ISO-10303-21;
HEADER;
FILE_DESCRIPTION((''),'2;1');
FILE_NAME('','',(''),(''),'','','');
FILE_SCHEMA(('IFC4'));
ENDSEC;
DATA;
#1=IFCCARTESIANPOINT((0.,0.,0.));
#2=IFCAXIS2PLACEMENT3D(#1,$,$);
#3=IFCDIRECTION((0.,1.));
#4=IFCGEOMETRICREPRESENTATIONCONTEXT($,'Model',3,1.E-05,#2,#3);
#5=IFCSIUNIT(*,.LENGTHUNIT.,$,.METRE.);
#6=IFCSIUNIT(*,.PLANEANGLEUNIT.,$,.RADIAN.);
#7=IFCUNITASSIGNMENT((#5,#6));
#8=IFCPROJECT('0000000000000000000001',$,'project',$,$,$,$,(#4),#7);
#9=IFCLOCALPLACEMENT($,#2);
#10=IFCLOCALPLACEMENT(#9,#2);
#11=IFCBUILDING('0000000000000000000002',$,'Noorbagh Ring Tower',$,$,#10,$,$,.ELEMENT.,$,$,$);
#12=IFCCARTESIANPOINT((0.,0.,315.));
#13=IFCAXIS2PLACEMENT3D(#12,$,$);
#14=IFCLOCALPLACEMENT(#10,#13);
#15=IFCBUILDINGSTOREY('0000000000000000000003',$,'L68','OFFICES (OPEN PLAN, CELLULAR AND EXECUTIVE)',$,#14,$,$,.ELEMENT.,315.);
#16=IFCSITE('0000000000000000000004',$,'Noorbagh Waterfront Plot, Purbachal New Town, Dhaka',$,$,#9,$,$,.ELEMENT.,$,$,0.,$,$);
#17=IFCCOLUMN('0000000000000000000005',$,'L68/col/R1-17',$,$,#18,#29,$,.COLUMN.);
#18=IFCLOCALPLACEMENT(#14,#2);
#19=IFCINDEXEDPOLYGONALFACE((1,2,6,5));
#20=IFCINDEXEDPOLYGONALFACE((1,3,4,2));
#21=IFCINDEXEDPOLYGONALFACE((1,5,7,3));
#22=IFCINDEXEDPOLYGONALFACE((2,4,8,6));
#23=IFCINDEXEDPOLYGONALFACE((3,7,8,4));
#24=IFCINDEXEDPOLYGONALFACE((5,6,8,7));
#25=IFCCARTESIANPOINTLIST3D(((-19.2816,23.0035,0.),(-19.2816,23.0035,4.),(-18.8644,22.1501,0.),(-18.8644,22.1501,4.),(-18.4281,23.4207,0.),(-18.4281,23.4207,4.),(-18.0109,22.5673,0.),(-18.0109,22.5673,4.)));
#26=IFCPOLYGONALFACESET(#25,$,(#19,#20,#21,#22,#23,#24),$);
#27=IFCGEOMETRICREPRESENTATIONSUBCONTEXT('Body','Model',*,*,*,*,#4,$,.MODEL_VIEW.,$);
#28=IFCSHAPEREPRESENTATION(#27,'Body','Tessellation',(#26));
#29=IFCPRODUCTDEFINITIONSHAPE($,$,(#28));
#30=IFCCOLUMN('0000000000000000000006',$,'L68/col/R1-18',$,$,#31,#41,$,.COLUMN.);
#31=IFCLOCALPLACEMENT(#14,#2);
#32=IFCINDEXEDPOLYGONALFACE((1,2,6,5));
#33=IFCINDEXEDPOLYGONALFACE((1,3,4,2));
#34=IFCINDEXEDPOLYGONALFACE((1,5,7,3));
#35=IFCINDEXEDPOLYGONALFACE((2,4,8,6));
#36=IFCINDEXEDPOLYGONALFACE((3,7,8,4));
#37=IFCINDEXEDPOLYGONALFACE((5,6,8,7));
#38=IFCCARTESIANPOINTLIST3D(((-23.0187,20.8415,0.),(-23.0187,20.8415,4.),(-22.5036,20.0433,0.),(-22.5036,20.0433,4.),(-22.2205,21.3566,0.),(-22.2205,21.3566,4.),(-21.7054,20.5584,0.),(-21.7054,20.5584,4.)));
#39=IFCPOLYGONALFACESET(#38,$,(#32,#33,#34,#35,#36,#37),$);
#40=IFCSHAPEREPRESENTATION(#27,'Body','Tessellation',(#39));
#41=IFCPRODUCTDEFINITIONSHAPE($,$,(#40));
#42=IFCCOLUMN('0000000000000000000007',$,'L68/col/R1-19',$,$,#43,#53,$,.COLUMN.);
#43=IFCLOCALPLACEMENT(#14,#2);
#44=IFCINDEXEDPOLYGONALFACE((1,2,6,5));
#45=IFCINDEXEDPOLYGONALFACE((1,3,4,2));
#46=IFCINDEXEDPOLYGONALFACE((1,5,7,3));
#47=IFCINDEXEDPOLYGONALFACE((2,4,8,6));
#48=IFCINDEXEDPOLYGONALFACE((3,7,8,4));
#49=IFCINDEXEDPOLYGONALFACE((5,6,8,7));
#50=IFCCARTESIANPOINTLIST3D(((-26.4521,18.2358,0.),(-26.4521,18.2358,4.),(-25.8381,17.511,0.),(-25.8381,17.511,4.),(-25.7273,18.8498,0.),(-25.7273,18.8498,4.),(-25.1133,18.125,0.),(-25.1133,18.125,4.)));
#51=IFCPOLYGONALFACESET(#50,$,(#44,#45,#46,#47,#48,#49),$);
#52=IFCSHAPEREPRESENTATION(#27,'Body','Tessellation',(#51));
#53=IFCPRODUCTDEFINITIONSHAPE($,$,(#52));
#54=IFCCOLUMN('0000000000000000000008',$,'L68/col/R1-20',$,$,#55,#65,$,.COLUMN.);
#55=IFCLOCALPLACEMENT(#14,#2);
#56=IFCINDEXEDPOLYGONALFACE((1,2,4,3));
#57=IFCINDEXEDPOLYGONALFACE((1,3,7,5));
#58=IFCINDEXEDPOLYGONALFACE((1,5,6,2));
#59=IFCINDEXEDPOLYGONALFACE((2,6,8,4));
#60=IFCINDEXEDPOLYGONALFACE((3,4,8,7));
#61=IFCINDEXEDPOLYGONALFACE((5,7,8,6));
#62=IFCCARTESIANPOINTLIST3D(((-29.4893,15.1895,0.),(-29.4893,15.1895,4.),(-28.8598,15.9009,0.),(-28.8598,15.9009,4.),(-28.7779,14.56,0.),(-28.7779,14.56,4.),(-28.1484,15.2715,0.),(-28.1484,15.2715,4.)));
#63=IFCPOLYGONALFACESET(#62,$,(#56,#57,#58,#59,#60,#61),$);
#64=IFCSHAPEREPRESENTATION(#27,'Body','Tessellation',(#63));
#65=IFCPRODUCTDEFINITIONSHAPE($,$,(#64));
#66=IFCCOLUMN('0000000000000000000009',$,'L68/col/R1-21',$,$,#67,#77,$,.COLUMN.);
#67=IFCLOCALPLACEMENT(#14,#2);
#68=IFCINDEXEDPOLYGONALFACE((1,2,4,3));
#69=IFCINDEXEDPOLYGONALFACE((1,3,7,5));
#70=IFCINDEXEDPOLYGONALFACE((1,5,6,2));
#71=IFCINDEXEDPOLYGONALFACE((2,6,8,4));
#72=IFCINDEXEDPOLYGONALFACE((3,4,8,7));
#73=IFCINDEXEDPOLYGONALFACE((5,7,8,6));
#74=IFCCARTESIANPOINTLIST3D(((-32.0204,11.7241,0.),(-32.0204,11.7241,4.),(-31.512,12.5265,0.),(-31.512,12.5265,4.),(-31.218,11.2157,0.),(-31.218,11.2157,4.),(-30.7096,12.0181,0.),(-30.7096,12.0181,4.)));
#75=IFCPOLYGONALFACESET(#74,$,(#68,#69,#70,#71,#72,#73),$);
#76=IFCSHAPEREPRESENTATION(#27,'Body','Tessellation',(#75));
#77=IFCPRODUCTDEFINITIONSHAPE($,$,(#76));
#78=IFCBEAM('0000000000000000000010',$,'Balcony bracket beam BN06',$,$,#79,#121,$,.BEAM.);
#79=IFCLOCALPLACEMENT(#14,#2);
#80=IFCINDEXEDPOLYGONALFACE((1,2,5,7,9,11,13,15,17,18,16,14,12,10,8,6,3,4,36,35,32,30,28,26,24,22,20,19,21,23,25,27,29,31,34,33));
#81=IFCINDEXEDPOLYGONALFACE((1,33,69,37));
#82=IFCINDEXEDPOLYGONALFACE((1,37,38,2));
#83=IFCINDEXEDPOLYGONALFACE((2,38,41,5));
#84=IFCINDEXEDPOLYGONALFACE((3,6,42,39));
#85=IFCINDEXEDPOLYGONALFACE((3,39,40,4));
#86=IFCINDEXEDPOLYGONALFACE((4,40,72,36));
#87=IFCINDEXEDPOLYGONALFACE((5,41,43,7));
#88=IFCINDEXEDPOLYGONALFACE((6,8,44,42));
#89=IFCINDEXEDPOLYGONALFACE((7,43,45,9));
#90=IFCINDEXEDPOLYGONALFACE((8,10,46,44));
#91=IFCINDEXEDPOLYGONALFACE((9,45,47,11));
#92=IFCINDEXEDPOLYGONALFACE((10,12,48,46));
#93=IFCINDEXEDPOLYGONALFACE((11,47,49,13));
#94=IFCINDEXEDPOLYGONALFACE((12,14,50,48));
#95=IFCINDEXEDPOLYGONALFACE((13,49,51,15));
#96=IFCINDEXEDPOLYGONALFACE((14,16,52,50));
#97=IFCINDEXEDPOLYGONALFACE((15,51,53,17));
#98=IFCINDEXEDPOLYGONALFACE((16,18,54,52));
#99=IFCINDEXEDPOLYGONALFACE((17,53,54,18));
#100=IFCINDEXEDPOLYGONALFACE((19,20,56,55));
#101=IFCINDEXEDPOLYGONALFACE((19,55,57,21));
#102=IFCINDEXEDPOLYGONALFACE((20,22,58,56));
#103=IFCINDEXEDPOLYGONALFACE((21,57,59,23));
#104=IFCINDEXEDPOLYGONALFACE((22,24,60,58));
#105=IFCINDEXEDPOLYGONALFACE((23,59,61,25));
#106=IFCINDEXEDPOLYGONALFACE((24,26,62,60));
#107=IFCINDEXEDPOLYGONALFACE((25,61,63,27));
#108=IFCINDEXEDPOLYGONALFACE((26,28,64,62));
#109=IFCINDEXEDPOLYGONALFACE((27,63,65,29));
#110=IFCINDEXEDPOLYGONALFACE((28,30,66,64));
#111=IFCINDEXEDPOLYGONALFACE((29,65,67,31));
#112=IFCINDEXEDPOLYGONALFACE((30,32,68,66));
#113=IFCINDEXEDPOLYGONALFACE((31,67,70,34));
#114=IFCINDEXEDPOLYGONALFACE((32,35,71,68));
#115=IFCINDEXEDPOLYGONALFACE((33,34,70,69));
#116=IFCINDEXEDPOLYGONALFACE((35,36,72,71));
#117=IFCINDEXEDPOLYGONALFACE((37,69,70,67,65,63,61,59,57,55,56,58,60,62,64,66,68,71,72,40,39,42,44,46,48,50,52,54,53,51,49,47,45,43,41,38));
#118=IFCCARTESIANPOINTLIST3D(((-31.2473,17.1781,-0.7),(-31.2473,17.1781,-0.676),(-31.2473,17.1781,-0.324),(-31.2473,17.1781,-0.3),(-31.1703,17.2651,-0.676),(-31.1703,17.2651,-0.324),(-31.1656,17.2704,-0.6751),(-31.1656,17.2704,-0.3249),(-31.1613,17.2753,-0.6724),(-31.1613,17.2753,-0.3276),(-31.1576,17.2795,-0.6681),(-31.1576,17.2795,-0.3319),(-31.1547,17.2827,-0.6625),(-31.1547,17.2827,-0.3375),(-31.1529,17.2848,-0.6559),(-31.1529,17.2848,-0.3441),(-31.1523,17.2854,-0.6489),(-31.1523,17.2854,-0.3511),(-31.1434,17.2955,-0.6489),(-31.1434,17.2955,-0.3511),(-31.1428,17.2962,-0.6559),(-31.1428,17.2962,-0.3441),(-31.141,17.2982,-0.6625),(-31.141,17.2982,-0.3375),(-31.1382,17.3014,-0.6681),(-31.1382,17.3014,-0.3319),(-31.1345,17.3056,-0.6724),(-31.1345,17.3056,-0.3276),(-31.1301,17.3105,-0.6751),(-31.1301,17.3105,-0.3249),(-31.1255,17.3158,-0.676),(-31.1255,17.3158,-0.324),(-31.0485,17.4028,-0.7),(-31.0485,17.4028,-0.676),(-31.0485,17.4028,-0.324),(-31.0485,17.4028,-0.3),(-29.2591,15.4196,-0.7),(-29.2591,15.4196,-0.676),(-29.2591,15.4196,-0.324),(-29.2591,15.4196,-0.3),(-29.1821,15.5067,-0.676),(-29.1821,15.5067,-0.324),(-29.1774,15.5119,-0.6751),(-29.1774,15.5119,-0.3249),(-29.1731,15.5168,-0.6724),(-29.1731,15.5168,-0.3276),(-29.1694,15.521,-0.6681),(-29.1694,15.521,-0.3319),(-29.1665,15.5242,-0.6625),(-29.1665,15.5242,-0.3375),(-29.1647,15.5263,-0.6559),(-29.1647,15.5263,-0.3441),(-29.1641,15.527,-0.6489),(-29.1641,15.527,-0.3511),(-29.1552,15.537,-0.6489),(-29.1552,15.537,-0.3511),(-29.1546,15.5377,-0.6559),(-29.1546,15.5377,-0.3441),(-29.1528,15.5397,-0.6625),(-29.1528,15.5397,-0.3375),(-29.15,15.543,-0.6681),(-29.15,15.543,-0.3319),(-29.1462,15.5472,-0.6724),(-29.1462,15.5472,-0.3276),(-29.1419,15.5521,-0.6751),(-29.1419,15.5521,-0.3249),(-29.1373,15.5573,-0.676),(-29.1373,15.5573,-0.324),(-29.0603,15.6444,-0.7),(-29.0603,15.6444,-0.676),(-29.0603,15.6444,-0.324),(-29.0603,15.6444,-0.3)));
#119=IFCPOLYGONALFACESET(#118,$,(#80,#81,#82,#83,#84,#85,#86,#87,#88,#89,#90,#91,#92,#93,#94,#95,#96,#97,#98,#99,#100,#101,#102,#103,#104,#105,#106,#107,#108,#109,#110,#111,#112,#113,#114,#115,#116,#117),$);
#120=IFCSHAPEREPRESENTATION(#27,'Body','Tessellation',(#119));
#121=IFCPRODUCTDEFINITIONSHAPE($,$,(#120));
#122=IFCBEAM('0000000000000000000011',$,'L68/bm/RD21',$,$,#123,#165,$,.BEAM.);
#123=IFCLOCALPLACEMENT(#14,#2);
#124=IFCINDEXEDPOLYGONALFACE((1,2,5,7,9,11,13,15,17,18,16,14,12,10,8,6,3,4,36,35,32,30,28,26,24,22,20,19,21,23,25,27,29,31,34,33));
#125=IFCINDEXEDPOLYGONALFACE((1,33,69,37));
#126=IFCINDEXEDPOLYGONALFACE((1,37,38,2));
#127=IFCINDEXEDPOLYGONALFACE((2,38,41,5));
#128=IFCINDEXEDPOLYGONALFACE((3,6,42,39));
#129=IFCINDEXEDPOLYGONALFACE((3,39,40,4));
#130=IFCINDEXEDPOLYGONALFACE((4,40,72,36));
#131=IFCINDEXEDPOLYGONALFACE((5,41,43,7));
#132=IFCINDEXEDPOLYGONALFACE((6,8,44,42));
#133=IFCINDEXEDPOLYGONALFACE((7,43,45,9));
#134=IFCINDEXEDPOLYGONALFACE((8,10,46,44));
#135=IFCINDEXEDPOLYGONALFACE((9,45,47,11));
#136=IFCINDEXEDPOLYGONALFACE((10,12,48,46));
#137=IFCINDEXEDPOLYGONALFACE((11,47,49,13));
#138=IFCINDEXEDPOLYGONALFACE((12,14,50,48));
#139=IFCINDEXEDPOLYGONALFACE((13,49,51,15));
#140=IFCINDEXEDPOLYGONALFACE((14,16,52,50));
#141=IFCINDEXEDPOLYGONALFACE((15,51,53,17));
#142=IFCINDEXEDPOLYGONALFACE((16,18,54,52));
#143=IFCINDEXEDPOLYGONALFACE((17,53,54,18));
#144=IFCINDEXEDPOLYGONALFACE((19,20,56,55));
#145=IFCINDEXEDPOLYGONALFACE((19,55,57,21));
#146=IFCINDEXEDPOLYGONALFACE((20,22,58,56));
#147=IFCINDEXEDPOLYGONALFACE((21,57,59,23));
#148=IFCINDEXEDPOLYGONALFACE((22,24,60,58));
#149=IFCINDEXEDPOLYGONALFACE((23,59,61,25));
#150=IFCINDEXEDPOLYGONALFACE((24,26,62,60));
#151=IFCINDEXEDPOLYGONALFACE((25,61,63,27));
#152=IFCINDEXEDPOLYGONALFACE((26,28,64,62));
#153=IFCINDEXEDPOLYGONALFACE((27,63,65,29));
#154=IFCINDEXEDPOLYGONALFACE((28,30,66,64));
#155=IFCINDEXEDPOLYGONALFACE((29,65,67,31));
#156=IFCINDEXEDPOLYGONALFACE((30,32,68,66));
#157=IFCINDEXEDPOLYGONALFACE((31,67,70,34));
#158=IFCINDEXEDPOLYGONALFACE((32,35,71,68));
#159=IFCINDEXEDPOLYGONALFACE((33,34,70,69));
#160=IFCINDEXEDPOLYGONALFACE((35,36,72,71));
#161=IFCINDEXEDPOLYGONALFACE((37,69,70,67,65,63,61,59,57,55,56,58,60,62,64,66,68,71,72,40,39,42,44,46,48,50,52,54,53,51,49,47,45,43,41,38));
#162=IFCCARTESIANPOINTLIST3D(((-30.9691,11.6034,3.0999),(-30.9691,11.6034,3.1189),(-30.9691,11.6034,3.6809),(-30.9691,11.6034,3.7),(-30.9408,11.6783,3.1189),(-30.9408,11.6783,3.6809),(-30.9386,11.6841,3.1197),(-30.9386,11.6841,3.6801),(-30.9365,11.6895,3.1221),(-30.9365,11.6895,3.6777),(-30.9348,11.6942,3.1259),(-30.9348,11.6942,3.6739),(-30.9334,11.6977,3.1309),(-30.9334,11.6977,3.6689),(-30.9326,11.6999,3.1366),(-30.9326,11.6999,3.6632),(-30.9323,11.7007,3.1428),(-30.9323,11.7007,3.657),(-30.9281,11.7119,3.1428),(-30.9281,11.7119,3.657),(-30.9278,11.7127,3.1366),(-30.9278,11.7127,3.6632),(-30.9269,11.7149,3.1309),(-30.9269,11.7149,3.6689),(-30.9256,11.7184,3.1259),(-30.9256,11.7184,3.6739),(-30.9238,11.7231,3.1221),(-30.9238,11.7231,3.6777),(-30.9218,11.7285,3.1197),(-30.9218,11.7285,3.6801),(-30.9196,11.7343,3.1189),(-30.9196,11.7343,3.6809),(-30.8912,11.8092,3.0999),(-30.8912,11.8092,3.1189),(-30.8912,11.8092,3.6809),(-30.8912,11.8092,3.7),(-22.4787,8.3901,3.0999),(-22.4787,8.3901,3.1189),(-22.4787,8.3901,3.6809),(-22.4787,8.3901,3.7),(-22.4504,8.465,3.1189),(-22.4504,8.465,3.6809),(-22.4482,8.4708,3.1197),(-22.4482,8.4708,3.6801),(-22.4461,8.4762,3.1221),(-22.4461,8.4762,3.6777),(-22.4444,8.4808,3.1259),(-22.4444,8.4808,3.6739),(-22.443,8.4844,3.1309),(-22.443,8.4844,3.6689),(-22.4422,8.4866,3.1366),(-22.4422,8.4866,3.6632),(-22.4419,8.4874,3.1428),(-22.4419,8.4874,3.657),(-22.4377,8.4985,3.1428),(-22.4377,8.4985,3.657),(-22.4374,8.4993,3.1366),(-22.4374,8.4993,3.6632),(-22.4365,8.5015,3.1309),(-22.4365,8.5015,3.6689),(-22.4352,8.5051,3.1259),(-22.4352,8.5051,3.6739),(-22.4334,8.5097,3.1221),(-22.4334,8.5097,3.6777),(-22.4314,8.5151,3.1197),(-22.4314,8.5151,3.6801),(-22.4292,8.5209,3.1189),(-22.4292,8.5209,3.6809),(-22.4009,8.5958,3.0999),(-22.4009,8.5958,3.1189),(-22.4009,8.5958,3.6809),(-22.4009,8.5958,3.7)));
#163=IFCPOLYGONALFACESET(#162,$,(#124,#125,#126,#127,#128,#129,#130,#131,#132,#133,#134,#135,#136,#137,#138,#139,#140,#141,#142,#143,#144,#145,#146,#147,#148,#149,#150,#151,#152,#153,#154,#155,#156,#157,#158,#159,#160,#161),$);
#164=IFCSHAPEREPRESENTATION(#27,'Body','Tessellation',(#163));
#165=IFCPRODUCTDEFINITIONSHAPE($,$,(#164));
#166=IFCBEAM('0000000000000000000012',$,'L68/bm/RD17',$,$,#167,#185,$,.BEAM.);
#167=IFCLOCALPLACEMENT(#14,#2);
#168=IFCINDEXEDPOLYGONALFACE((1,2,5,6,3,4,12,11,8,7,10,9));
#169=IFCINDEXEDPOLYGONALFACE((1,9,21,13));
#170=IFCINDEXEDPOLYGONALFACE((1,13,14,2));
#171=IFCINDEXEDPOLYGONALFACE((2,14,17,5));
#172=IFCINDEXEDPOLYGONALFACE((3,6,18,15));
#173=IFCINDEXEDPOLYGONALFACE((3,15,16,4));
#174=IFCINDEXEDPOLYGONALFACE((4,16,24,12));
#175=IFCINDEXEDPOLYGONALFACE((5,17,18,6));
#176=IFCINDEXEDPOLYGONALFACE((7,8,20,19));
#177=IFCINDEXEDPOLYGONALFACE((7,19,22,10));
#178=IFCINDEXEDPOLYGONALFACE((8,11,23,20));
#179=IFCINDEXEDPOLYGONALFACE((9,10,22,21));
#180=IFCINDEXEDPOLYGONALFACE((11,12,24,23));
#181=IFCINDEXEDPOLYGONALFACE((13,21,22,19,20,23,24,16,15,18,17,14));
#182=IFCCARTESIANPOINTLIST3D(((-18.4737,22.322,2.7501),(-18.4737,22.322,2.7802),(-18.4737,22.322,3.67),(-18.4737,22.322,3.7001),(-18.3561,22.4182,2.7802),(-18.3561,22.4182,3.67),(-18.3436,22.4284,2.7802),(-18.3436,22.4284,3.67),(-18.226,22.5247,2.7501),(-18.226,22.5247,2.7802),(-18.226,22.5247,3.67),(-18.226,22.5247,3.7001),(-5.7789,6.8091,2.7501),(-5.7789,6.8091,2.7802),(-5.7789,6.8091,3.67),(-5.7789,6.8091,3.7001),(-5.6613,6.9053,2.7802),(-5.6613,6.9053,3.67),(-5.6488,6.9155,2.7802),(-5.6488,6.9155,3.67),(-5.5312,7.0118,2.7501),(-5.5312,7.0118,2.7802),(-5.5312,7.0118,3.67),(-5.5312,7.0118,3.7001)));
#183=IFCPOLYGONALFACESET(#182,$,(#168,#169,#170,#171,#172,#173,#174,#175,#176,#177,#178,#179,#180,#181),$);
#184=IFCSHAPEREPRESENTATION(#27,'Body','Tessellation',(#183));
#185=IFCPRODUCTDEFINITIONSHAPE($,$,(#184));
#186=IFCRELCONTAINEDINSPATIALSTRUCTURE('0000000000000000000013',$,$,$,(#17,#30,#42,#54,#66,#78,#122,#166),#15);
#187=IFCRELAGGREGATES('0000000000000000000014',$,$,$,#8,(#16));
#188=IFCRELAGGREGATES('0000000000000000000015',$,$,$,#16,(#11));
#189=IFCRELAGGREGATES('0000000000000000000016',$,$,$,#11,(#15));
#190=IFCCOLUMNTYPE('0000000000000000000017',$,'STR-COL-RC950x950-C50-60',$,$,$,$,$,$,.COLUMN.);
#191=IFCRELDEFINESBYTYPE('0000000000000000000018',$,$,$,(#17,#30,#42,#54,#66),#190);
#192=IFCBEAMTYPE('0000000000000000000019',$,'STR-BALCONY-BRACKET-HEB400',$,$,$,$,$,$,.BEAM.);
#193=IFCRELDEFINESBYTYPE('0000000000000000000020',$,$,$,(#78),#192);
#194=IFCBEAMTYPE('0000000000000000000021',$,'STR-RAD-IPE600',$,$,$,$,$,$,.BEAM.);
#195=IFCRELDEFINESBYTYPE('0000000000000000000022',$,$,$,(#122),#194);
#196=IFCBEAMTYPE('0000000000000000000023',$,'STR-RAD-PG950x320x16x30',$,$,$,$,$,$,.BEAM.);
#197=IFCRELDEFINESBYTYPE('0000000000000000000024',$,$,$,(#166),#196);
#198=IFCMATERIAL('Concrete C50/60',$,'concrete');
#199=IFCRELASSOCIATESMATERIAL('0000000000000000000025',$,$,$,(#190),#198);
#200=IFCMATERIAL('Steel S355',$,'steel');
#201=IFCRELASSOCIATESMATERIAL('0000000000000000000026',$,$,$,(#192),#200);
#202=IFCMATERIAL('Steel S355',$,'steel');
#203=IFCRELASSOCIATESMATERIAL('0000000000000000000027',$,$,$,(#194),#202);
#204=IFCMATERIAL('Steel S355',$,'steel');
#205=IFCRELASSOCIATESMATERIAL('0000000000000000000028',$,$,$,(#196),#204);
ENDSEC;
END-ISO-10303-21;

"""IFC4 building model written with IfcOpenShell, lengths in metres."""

from ifc_helpers import new_model, si_unit, direction, frame, origin, origin_2d, place, context, subcontext, project, spatial, rectangle, i_section, extrude, material, material_profile, profile_set, type_object, element, save


model = new_model("IFC4")

# Units and contexts
model_context = context("Model", 3, precision=1e-05, world=origin(), true_north=direction((0.0, 1.0)))
body_context = subcontext(model_context, "Body", "Model", "MODEL_VIEW")
ifc_project = project(units=[si_unit("LENGTHUNIT", "METRE"), si_unit("PLANEANGLEUNIT", "RADIAN")], contexts=[model_context])

# Site, building, storey
site_placement = place(None, origin())
site = spatial("IfcSite", under=ifc_project, at=site_placement, Name="Noorbagh Waterfront Plot, Purbachal New Town, Dhaka", CompositionType="ELEMENT", RefElevation=0.0)
building_placement = place(site_placement, origin())
building = spatial("IfcBuilding", under=site, at=building_placement, Name="Noorbagh Ring Tower", CompositionType="ELEMENT")
storey_placement = place(building_placement, frame((0.0, 0.0, 315.0)))
storey = spatial("IfcBuildingStorey", under=building, at=storey_placement, Name="L68", Description="OFFICES (OPEN PLAN, CELLULAR AND EXECUTIVE)", CompositionType="ELEMENT", Elevation=315.0)

# Columns
ifc_material_1 = material(Name="Concrete C50/60", Category="concrete")
ifc_material_profile_1 = material_profile(ifc_material_1, rectangle(XDim=0.95, YDim=0.95, at=origin_2d()), Name="RC950x950")
ifc_profile_set_1 = profile_set([ifc_material_profile_1], Name="Concrete C50/60")
column_type = type_object("IfcColumnType", Name="STR-COL-RC950x950-C50-60", PredefinedType="COLUMN", material=ifc_profile_set_1)
for number, where, z_axis, x_axis, name in (
    (1, (-18.6462, 22.7854, 0.0), (0.0, 0.0, 1.0), (-0.898399, -0.43918, 0.0), "L68/col/R1-17"),
    (2, (-22.3621, 20.7, 0.0), (0.0, 0.0, 1.0), (-0.840248, -0.542203, 0.0), "L68/col/R1-18"),
    (3, (-25.7827, 18.1804, 0.0), (0.0, 0.0, 1.0), (-0.763035, -0.646357, 0.0), "L68/col/R1-19"),
    (4, (-28.8188, 15.2305, 0.0), (0.0, 0.0, 1.0), (-0.662636, -0.748942, 0.0), "L68/col/R1-20"),
    (5, (-31.365, 11.8711, 0.0), (0.0, 0.0, 1.0), (-0.53519, -0.844731, 0.0), "L68/col/R1-21"),
):
    element("IfcColumn", number, at=place(storey_placement, frame(where, z_axis=z_axis, x_axis=x_axis)), inside=storey, type_object=column_type, Name=name, PredefinedType="COLUMN", context=body_context, shape_type="SweptSolid", body=[
        extrude(rectangle(XDim=0.95, YDim=0.95, at=origin_2d()), origin(), (0.0, 0.0, 1.0), 4.0),
    ])

# Beams
ifc_material_2 = material(Name="Steel S355", Category="steel")
ifc_material_profile_2 = material_profile(ifc_material_2, i_section(OverallWidth=0.3, OverallDepth=0.3999, WebThickness=0.0134, FlangeThickness=0.0239, FilletRadius=0.0271, at=origin_2d()), Name="HEB400")
ifc_profile_set_2 = profile_set([ifc_material_profile_2], Name="Steel S355")
beam_type_1 = type_object("IfcBeamType", Name="STR-BALCONY-BRACKET-HEB400", PredefinedType="BEAM", material=ifc_profile_set_2)
beam_1_placement = place(storey_placement, frame((-29.1597, 15.532, -0.5), z_axis=(-0.749056, 0.662506, 0.0), x_axis=(-0.662506, -0.749056, 0.0)))
element("IfcBeam", 6, at=beam_1_placement, inside=storey, type_object=beam_type_1, Name="Balcony bracket beam BN06", PredefinedType="BEAM", context=body_context, shape_type="SweptSolid", body=[
    extrude(i_section(OverallWidth=0.3, OverallDepth=0.3999, WebThickness=0.0134, FlangeThickness=0.0239, FilletRadius=0.0271, at=origin_2d()), origin(), (0.0, 0.0, 1.0), 2.6543),
])
ifc_material_3 = material(Name="Steel S355", Category="steel")
ifc_material_profile_3 = material_profile(ifc_material_3, i_section(OverallWidth=0.22, OverallDepth=0.6001, WebThickness=0.012, FlangeThickness=0.019, FilletRadius=0.0239, at=origin_2d()), Name="IPE600")
ifc_profile_set_3 = profile_set([ifc_material_profile_3], Name="Steel S355")
beam_type_2 = type_object("IfcBeamType", Name="STR-RAD-IPE600", PredefinedType="BEAM", material=ifc_profile_set_3)
beam_2_placement = place(storey_placement, frame((-30.9302, 11.7063, 3.3999), z_axis=(0.935258, -0.353966, 0.0), x_axis=(0.353966, 0.935258, 0.0)))
element("IfcBeam", 7, at=beam_2_placement, inside=storey, type_object=beam_type_2, Name="L68/bm/RD21", PredefinedType="BEAM", context=body_context, shape_type="SweptSolid", body=[
    extrude(i_section(OverallWidth=0.22, OverallDepth=0.6001, WebThickness=0.012, FlangeThickness=0.019, FilletRadius=0.0239, at=origin_2d()), origin(), (0.0, 0.0, 1.0), 9.0781),
])
ifc_material_4 = material(Name="Steel S355", Category="steel")
ifc_material_profile_4 = material_profile(ifc_material_4, i_section(OverallWidth=0.3201, OverallDepth=0.95, WebThickness=0.0161, FlangeThickness=0.03, at=origin_2d()), Name="PG950x320x16x30")
ifc_profile_set_4 = profile_set([ifc_material_profile_4], Name="Steel S355")
beam_type_3 = type_object("IfcBeamType", Name="STR-RAD-PG950x320x16x30", PredefinedType="BEAM", material=ifc_profile_set_4)
beam_3_placement = place(storey_placement, frame((-18.3499, 22.4233, 3.2251), z_axis=(0.63331, -0.773898, 0.0), x_axis=(0.773898, 0.63331, 0.0)))
element("IfcBeam", 8, at=beam_3_placement, inside=storey, type_object=beam_type_3, Name="L68/bm/RD17", PredefinedType="BEAM", context=body_context, shape_type="SweptSolid", body=[
    extrude(i_section(OverallWidth=0.3201, OverallDepth=0.95, WebThickness=0.0161, FlangeThickness=0.03, at=origin_2d()), origin(), (0.0, 0.0, 1.0), 20.0452),
])

save(model, "model.ifc")
